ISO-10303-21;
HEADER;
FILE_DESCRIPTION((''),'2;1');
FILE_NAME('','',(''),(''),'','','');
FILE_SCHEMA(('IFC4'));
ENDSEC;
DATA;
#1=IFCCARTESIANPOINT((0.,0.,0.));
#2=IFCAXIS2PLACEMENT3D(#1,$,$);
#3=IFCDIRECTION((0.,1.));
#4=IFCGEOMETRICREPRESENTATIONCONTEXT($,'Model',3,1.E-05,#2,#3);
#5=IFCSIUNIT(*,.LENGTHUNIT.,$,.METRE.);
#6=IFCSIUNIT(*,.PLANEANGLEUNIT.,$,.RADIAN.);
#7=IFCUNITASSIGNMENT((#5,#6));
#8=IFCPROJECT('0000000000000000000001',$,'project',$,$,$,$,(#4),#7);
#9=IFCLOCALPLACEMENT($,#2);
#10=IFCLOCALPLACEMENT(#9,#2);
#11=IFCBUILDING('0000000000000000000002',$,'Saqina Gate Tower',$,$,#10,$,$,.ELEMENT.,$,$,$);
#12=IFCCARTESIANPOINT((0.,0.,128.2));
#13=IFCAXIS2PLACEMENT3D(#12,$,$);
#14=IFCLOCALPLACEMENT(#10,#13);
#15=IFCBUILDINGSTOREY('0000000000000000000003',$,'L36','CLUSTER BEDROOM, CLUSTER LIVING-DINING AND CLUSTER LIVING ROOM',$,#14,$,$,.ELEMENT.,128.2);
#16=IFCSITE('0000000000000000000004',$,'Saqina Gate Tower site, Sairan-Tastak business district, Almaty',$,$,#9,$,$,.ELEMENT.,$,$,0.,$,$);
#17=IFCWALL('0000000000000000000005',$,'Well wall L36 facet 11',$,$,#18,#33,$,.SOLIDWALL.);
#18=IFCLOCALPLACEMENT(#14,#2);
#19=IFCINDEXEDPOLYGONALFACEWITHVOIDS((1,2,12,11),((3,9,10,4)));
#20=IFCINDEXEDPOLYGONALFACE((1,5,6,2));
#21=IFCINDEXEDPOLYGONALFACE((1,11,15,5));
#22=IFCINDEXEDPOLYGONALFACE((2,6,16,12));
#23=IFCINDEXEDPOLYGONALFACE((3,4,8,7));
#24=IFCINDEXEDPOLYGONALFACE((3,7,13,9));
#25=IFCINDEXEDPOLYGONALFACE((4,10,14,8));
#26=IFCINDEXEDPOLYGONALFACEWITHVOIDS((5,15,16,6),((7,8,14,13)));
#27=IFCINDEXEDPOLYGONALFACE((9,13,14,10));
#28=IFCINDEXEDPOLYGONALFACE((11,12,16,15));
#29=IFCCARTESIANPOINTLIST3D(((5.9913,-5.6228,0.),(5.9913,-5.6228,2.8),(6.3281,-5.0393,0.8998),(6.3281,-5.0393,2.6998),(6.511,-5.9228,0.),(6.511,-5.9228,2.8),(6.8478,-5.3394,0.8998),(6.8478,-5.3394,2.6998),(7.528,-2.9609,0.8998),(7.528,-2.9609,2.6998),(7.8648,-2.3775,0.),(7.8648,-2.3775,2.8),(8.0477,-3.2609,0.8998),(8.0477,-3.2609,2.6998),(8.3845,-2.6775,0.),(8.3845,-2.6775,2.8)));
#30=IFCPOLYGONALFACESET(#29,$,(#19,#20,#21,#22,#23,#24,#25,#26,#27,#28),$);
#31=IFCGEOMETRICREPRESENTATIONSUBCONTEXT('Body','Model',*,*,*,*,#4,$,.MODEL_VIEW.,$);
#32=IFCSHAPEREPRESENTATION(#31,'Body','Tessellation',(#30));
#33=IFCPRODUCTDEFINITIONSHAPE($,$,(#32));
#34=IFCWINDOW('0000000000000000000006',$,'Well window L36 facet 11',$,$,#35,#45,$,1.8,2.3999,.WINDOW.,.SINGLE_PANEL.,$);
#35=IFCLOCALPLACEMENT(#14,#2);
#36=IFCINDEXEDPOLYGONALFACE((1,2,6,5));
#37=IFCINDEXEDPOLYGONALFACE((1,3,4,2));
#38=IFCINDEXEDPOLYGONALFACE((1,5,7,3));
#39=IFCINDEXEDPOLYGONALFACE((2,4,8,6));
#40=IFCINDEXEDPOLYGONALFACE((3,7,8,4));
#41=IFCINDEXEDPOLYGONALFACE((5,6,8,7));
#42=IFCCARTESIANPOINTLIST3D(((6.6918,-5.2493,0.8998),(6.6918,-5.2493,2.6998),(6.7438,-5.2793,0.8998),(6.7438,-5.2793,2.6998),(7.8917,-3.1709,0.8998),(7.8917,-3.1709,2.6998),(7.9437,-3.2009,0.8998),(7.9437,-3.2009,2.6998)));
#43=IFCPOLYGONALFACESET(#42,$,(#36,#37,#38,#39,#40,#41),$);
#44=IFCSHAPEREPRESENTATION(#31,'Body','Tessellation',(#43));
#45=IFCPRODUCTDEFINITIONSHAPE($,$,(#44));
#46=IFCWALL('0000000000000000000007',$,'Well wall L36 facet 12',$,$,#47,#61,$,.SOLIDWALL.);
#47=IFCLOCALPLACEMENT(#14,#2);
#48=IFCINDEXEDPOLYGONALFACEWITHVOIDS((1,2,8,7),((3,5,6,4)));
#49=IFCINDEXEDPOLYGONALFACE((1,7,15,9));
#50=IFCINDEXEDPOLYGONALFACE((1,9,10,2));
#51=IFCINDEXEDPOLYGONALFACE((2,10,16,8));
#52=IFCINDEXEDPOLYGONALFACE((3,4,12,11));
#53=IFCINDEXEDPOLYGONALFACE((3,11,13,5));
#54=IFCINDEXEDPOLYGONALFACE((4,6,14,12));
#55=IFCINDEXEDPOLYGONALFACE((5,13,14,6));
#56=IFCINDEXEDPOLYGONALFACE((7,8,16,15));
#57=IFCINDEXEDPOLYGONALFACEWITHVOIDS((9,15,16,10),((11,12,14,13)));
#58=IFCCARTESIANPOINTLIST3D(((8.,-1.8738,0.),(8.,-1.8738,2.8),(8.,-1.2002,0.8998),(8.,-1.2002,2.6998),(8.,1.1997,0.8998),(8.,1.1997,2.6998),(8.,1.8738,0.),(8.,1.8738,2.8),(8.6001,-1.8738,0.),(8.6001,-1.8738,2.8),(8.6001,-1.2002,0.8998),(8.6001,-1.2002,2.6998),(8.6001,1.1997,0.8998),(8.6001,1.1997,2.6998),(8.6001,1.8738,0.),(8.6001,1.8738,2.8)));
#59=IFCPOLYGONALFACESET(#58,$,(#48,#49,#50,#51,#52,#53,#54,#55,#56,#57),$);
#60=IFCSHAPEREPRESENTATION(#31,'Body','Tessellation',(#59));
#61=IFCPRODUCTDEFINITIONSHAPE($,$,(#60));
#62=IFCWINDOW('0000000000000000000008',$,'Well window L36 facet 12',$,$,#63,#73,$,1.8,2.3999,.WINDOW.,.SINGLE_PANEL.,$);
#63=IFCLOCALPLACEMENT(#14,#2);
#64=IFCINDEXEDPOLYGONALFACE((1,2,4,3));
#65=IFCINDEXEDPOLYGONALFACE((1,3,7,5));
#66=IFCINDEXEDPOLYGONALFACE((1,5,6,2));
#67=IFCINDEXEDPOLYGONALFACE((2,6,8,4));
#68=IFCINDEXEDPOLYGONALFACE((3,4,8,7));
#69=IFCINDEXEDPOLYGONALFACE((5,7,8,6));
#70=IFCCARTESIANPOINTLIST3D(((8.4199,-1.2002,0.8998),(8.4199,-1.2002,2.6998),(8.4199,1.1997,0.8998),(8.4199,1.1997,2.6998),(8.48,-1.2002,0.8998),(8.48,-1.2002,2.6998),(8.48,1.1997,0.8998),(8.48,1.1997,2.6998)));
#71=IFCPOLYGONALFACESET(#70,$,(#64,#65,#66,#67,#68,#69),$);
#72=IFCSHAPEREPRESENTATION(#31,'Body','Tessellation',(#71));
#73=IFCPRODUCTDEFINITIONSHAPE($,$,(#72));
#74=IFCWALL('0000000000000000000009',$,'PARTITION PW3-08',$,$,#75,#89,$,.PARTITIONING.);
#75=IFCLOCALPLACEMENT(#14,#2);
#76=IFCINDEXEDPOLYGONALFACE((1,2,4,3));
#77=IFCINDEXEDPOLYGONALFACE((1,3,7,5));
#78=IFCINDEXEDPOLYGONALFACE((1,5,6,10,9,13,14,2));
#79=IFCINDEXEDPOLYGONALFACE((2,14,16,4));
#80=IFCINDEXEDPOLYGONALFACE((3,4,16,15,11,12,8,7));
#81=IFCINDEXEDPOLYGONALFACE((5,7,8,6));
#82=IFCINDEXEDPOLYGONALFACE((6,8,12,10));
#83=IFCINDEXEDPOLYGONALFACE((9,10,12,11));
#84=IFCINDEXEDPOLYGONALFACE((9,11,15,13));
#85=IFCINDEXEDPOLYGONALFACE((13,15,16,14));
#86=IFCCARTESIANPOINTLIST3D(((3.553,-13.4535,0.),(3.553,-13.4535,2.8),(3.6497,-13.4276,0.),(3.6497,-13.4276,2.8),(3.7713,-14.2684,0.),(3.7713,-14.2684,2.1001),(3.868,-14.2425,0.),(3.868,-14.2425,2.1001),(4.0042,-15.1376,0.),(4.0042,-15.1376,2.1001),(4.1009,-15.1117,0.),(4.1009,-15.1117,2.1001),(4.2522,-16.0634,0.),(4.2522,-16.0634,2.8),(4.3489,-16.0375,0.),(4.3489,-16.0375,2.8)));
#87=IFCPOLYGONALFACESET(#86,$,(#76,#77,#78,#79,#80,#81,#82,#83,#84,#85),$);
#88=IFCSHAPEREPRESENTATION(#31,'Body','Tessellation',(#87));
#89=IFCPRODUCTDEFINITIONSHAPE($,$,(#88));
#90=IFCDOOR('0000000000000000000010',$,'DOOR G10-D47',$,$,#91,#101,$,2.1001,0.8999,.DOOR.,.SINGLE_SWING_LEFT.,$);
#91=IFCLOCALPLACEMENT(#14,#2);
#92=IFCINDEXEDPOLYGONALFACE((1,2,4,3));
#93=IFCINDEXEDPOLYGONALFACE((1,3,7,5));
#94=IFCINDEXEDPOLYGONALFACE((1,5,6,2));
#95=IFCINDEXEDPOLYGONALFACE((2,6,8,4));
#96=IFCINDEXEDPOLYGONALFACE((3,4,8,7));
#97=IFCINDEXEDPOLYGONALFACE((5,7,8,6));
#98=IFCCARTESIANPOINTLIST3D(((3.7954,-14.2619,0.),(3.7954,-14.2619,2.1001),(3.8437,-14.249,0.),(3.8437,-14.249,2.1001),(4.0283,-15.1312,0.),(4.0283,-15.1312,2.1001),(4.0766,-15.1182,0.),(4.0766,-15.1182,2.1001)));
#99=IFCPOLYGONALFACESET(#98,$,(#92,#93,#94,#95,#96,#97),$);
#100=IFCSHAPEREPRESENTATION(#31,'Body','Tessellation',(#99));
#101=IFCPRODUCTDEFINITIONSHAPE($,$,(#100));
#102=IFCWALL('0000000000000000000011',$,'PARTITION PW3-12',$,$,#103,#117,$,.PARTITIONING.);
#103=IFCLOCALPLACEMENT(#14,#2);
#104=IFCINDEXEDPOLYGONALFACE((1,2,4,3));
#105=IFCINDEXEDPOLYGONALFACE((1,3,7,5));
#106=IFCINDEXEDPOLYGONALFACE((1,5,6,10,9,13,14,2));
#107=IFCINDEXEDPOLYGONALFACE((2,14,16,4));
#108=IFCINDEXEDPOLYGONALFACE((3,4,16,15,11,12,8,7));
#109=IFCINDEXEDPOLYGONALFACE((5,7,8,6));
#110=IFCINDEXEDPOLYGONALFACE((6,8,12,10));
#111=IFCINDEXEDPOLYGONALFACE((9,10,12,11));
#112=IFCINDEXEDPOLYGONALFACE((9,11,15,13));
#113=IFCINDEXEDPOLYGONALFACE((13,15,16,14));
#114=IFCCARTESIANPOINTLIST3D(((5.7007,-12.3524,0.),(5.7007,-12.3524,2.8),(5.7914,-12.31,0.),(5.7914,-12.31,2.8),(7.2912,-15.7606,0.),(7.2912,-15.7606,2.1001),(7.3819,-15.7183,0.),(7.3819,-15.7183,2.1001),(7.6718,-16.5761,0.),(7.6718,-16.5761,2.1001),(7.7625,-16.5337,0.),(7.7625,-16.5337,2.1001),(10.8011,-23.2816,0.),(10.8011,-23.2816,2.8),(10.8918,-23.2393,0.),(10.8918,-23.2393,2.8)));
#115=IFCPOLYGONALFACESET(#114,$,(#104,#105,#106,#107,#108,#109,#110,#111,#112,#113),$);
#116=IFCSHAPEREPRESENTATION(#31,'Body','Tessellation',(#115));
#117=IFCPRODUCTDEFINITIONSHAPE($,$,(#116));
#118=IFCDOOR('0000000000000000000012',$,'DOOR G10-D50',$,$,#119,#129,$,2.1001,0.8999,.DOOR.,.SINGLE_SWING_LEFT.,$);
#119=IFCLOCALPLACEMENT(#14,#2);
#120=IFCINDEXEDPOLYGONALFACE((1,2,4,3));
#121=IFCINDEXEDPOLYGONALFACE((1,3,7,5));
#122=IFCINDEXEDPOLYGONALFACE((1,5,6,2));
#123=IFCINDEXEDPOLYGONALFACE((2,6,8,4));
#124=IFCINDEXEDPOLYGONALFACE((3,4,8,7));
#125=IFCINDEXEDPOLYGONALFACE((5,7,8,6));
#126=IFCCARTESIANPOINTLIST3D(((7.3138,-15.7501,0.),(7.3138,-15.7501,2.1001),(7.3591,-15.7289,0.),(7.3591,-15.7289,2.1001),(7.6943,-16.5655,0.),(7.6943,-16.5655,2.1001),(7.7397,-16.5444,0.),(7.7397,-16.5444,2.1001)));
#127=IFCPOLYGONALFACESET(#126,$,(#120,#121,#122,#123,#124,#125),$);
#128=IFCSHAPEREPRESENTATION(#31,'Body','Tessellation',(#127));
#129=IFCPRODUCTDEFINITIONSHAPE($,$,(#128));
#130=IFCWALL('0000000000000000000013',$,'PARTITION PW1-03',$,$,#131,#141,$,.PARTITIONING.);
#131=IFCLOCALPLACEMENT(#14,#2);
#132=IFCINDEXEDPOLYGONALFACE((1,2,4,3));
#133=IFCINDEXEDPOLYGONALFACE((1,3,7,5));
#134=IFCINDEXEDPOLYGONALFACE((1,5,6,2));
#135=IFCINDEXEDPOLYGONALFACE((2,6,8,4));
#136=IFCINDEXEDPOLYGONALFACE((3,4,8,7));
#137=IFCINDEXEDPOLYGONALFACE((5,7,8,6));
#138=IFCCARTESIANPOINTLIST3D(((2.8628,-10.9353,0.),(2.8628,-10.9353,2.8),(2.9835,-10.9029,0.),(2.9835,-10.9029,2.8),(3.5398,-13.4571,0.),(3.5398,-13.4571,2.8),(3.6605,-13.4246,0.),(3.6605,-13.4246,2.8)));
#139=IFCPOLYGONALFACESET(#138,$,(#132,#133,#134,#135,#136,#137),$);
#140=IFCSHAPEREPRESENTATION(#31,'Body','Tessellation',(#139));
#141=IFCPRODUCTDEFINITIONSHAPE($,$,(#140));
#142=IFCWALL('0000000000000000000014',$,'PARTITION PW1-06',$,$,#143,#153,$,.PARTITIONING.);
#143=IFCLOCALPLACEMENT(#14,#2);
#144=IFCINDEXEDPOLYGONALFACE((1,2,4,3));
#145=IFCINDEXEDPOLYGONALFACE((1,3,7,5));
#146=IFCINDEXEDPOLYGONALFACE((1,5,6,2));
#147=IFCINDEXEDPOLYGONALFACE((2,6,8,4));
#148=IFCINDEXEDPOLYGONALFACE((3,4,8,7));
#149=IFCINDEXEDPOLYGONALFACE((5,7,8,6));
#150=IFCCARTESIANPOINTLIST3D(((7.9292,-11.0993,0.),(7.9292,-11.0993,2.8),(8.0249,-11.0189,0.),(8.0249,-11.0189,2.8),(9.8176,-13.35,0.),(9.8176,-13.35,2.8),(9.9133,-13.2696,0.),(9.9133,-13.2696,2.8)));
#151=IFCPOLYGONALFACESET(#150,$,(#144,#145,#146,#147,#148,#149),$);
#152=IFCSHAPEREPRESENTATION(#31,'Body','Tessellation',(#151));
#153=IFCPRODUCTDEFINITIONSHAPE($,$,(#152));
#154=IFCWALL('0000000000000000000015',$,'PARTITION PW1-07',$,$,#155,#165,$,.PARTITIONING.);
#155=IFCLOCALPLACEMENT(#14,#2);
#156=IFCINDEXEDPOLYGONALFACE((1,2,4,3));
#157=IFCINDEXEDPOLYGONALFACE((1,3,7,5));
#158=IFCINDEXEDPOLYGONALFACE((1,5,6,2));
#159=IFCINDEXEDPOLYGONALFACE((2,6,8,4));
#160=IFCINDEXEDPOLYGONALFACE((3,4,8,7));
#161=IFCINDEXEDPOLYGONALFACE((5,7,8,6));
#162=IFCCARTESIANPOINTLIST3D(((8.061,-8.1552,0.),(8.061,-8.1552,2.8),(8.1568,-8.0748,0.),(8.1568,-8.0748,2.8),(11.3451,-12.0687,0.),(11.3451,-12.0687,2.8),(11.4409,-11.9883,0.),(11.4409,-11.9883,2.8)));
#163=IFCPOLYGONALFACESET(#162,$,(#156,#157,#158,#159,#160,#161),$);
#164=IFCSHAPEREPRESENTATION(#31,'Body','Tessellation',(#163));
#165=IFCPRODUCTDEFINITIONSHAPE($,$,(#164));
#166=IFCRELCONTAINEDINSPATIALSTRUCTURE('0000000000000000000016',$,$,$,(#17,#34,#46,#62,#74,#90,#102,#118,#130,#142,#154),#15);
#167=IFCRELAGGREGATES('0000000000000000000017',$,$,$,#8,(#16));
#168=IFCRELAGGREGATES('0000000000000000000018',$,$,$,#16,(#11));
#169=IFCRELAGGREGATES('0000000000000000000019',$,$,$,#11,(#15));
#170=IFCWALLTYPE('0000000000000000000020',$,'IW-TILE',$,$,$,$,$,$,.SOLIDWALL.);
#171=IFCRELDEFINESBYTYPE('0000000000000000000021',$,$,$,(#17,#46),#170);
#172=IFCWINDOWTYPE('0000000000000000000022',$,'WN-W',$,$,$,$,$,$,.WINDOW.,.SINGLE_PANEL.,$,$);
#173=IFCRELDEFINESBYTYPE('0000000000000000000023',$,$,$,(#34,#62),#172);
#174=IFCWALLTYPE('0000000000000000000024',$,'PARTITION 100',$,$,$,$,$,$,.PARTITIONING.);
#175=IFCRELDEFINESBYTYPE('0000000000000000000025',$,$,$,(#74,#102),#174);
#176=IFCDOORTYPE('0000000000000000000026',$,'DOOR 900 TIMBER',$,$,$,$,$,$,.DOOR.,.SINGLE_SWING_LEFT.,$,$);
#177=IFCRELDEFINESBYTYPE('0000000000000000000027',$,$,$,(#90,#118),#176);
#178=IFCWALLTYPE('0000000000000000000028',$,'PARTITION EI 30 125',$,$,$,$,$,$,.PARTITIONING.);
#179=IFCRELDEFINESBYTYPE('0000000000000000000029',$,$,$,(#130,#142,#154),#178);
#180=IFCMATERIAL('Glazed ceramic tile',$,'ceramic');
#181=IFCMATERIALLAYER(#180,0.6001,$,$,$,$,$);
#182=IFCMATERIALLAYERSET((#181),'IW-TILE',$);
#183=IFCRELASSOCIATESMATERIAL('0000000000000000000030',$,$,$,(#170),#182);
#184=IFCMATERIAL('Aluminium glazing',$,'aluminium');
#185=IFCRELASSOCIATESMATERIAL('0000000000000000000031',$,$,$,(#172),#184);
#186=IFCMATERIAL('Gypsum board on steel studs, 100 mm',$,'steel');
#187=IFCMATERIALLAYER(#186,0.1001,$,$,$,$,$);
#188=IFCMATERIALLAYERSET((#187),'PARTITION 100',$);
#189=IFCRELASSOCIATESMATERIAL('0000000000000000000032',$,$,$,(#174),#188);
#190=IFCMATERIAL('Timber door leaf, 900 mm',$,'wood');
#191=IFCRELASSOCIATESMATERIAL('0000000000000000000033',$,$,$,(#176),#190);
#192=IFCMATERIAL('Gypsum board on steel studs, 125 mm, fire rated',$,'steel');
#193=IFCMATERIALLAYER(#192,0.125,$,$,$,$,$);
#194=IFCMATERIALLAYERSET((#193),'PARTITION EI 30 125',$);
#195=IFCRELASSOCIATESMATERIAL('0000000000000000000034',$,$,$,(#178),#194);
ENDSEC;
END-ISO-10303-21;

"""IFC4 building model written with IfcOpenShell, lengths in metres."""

from ifc_helpers import new_model, si_unit, direction, frame, frame_2d, origin, place, context, subcontext, project, spatial, rectangle, extrude, material, layer, layer_set, type_object, element, fill, save


model = new_model("IFC4")

# Units and contexts
model_context = context("Model", 3, precision=1e-05, world=origin(), true_north=direction((0.0, 1.0)))
body_context = subcontext(model_context, "Body", "Model", "MODEL_VIEW")
ifc_project = project(units=[si_unit("LENGTHUNIT", "METRE"), si_unit("PLANEANGLEUNIT", "RADIAN")], contexts=[model_context])

# Site, building, storey
site_placement = place(None, origin())
site = spatial("IfcSite", under=ifc_project, at=site_placement, Name="Saqina Gate Tower site, Sairan-Tastak business district, Almaty", CompositionType="ELEMENT", RefElevation=0.0)
building_placement = place(site_placement, origin())
building = spatial("IfcBuilding", under=site, at=building_placement, Name="Saqina Gate Tower", CompositionType="ELEMENT")
storey_placement = place(building_placement, frame((0.0, 0.0, 128.2)))
storey = spatial("IfcBuildingStorey", under=building, at=storey_placement, Name="L36", Description="CLUSTER BEDROOM, CLUSTER LIVING-DINING AND CLUSTER LIVING ROOM", CompositionType="ELEMENT", Elevation=128.2)

# Walls, openings, windows
ifc_material_1 = material(Name="Glazed ceramic tile", Category="ceramic")
ifc_layer_1 = layer(ifc_material_1, 0.6001)
ifc_layer_set_1 = layer_set([ifc_layer_1], Name="IW-TILE")
wall_type_1 = type_object("IfcWallType", Name="IW-TILE", PredefinedType="SOLIDWALL", material=ifc_layer_set_1)
ifc_material_2 = material(Name="Aluminium glazing", Category="aluminium")
window_type = type_object("IfcWindowType", Name="WN-W", PartitioningType="SINGLE_PANEL", PredefinedType="WINDOW", material=ifc_material_2)
wall_1_placement = place(storey_placement, frame((6.2512, -5.7727, 0.0), z_axis=(0.0, 0.0, 1.0), x_axis=(0.499965, 0.866046, 0.0)))
wall_1 = element("IfcWall", 1, at=wall_1_placement, inside=storey, type_object=wall_type_1, Name="Well wall L36 facet 11", PredefinedType="SOLIDWALL", context=body_context, shape_type="SweptSolid", body=[
    extrude(rectangle(XDim=3.7473, YDim=0.6001, at=frame_2d((1.8735, 0.0))), origin(), (0.0, 0.0, 1.0), 2.8),
])
opening_1_placement = place(wall_1_placement, frame((0.6736, 0.0, 0.8999)))
opening_1 = element("IfcOpeningElement", 2, at=opening_1_placement, cuts=wall_1, PredefinedType="OPENING", context=body_context, shape_type="SweptSolid", body=[
    extrude(rectangle(XDim=2.3999, YDim=1.8, at=frame_2d((1.2, 0.8999))), frame((0.0, 0.312, 0.0), z_axis=(0.0, -1.0, 0.0), x_axis=(1.0, 0.0, 0.0)), (0.0, 0.0, 1.0), 0.624),
])
window_1_placement = place(opening_1_placement, origin())
window_1 = element("IfcWindow", 3, at=window_1_placement, inside=storey, type_object=window_type, Name="Well window L36 facet 11", OverallHeight=1.8, OverallWidth=2.3999, PartitioningType="SINGLE_PANEL", PredefinedType="WINDOW", context=body_context, shape_type="SweptSolid", body=[
    extrude(rectangle(XDim=2.3999, YDim=1.8, at=frame_2d((1.2, 0.8999))), frame((0.0, -0.1199, 0.0), z_axis=(0.0, -1.0, 0.0), x_axis=(1.0, 0.0, 0.0)), (0.0, 0.0, 1.0), 0.0601),
])
fill(opening_1, window_1)
wall_2_placement = place(storey_placement, frame((8.3, -1.8738, 0.0), z_axis=(0.0, 0.0, 1.0), x_axis=(0.0, 1.0, 0.0)))
wall_2 = element("IfcWall", 4, at=wall_2_placement, inside=storey, type_object=wall_type_1, Name="Well wall L36 facet 12", PredefinedType="SOLIDWALL", context=body_context, shape_type="SweptSolid", body=[
    extrude(rectangle(XDim=3.7476, YDim=0.6001, at=frame_2d((1.8738, 0.0))), origin(), (0.0, 0.0, 1.0), 2.8),
])
opening_2_placement = place(wall_2_placement, frame((0.6736, 0.0, 0.8999)))
opening_2 = element("IfcOpeningElement", 5, at=opening_2_placement, cuts=wall_2, PredefinedType="OPENING", context=body_context, shape_type="SweptSolid", body=[
    extrude(rectangle(XDim=2.3999, YDim=1.8, at=frame_2d((1.2, 0.8999))), frame((0.0, 0.312, 0.0), z_axis=(0.0, -1.0, 0.0), x_axis=(1.0, 0.0, 0.0)), (0.0, 0.0, 1.0), 0.624),
])
window_2_placement = place(opening_2_placement, origin())
window_2 = element("IfcWindow", 6, at=window_2_placement, inside=storey, type_object=window_type, Name="Well window L36 facet 12", OverallHeight=1.8, OverallWidth=2.3999, PartitioningType="SINGLE_PANEL", PredefinedType="WINDOW", context=body_context, shape_type="SweptSolid", body=[
    extrude(rectangle(XDim=2.3999, YDim=1.8, at=frame_2d((1.2, 0.8999))), frame((0.0, -0.1199, 0.0), z_axis=(0.0, -1.0, 0.0), x_axis=(1.0, 0.0, 0.0)), (0.0, 0.0, 1.0), 0.0601),
])
fill(opening_2, window_2)

# Walls, openings, doors
ifc_material_3 = material(Name="Gypsum board on steel studs, 100 mm", Category="steel")
ifc_layer_2 = layer(ifc_material_3, 0.1001)
ifc_layer_set_2 = layer_set([ifc_layer_2], Name="PARTITION 100")
wall_type_2 = type_object("IfcWallType", Name="PARTITION 100", PredefinedType="PARTITIONING", material=ifc_layer_set_2)
wall_3_placement = place(storey_placement, frame((3.6013, -13.4404, 0.0), z_axis=(0.0, 0.0, 1.0), x_axis=(0.258787, -0.965934, 0.0)))
wall_3 = element("IfcWall", 7, at=wall_3_placement, inside=storey, type_object=wall_type_2, Name="PARTITION PW3-08", PredefinedType="PARTITIONING", context=body_context, shape_type="SweptSolid", body=[
    extrude(rectangle(XDim=2.7019, YDim=0.1001, at=frame_2d((1.3511, 0.0))), origin(), (0.0, 0.0, 1.0), 2.8),
])
opening_3_placement = place(wall_3_placement, frame((0.8438, 0.0, 0.0)))
opening_3 = element("IfcOpeningElement", 8, at=opening_3_placement, cuts=wall_3, PredefinedType="OPENING", context=body_context, shape_type="SweptSolid", body=[
    extrude(rectangle(XDim=0.8999, YDim=2.1001, at=frame_2d((0.45, 1.05))), frame((0.0, 0.062, 0.0), z_axis=(0.0, -1.0, 0.0), x_axis=(1.0, 0.0, 0.0)), (0.0, 0.0, 1.0), 0.124),
])
ifc_material_4 = material(Name="Timber door leaf, 900 mm", Category="wood")
door_type = type_object("IfcDoorType", Name="DOOR 900 TIMBER", OperationType="SINGLE_SWING_LEFT", PredefinedType="DOOR", material=ifc_material_4)
door_1_placement = place(opening_3_placement, origin())
door_1 = element("IfcDoor", 9, at=door_1_placement, inside=storey, type_object=door_type, Name="DOOR G10-D47", OperationType="SINGLE_SWING_LEFT", OverallHeight=2.1001, OverallWidth=0.8999, PredefinedType="DOOR", context=body_context, shape_type="SweptSolid", body=[
    extrude(rectangle(XDim=0.8999, YDim=2.1001, at=frame_2d((0.45, 1.05))), frame((0.0, 0.0249, 0.0), z_axis=(0.0, -1.0, 0.0), x_axis=(1.0, 0.0, 0.0)), (0.0, 0.0, 1.0), 0.05),
])
fill(opening_3, door_1)
wall_4_placement = place(storey_placement, frame((5.7461, -12.3313, 0.0), z_axis=(0.0, 0.0, 1.0), x_axis=(0.422889, -0.906182, 0.0)))
wall_4 = element("IfcWall", 10, at=wall_4_placement, inside=storey, type_object=wall_type_2, Name="PARTITION PW3-12", PredefinedType="PARTITIONING", context=body_context, shape_type="SweptSolid", body=[
    extrude(rectangle(XDim=12.0608, YDim=0.1001, at=frame_2d((6.0303, 0.0))), origin(), (0.0, 0.0, 1.0), 2.8),
])
opening_4_placement = place(wall_4_placement, frame((3.761, 0.0, 0.0)))
opening_4 = element("IfcOpeningElement", 11, at=opening_4_placement, cuts=wall_4, PredefinedType="OPENING", context=body_context, shape_type="SweptSolid", body=[
    extrude(rectangle(XDim=0.8999, YDim=2.1001, at=frame_2d((0.45, 1.05))), frame((0.0, 0.062, 0.0), z_axis=(0.0, -1.0, 0.0), x_axis=(1.0, 0.0, 0.0)), (0.0, 0.0, 1.0), 0.124),
])
door_2_placement = place(opening_4_placement, origin())
door_2 = element("IfcDoor", 12, at=door_2_placement, inside=storey, type_object=door_type, Name="DOOR G10-D50", OperationType="SINGLE_SWING_LEFT", OverallHeight=2.1001, OverallWidth=0.8999, PredefinedType="DOOR", context=body_context, shape_type="SweptSolid", body=[
    extrude(rectangle(XDim=0.8999, YDim=2.1001, at=frame_2d((0.45, 1.05))), frame((0.0, 0.0249, 0.0), z_axis=(0.0, -1.0, 0.0), x_axis=(1.0, 0.0, 0.0)), (0.0, 0.0, 1.0), 0.05),
])
fill(opening_4, door_2)

# Walls
ifc_material_5 = material(Name="Gypsum board on steel studs, 125 mm, fire rated", Category="steel")
ifc_layer_3 = layer(ifc_material_5, 0.125)
ifc_layer_set_3 = layer_set([ifc_layer_3], Name="PARTITION EI 30 125")
wall_type_3 = type_object("IfcWallType", Name="PARTITION EI 30 125", PredefinedType="PARTITIONING", material=ifc_layer_set_3)
wall_5_placement = place(storey_placement, frame((2.9231, -10.9189, 0.0), z_axis=(0.0, 0.0, 1.0), x_axis=(0.259286, -0.965801, 0.0)))
element("IfcWall", 13, at=wall_5_placement, inside=storey, type_object=wall_type_3, Name="PARTITION PW1-03", PredefinedType="PARTITIONING", context=body_context, shape_type="SweptSolid", body=[
    extrude(rectangle(XDim=2.6111, YDim=0.125, at=frame_2d((1.3057, 0.0))), origin(), (0.0, 0.0, 1.0), 2.8),
])
wall_6_placement = place(storey_placement, frame((7.9771, -11.0591, 0.0), z_axis=(0.0, 0.0, 1.0), x_axis=(0.642755, -0.766071, 0.0)))
element("IfcWall", 14, at=wall_6_placement, inside=storey, type_object=wall_type_3, Name="PARTITION PW1-06", PredefinedType="PARTITIONING", context=body_context, shape_type="SweptSolid", body=[
    extrude(rectangle(XDim=2.938, YDim=0.125, at=frame_2d((1.469, 0.0))), origin(), (0.0, 0.0, 1.0), 2.8),
])
wall_7_placement = place(storey_placement, frame((8.1089, -8.115, 0.0), z_axis=(0.0, 0.0, 1.0), x_axis=(0.642822, -0.766015, 0.0)))
element("IfcWall", 15, at=wall_7_placement, inside=storey, type_object=wall_type_3, Name="PARTITION PW1-07", PredefinedType="PARTITIONING", context=body_context, shape_type="SweptSolid", body=[
    extrude(rectangle(XDim=5.1089, YDim=0.125, at=frame_2d((2.5544, 0.0))), origin(), (0.0, 0.0, 1.0), 2.8),
])

save(model, "model.ifc")
